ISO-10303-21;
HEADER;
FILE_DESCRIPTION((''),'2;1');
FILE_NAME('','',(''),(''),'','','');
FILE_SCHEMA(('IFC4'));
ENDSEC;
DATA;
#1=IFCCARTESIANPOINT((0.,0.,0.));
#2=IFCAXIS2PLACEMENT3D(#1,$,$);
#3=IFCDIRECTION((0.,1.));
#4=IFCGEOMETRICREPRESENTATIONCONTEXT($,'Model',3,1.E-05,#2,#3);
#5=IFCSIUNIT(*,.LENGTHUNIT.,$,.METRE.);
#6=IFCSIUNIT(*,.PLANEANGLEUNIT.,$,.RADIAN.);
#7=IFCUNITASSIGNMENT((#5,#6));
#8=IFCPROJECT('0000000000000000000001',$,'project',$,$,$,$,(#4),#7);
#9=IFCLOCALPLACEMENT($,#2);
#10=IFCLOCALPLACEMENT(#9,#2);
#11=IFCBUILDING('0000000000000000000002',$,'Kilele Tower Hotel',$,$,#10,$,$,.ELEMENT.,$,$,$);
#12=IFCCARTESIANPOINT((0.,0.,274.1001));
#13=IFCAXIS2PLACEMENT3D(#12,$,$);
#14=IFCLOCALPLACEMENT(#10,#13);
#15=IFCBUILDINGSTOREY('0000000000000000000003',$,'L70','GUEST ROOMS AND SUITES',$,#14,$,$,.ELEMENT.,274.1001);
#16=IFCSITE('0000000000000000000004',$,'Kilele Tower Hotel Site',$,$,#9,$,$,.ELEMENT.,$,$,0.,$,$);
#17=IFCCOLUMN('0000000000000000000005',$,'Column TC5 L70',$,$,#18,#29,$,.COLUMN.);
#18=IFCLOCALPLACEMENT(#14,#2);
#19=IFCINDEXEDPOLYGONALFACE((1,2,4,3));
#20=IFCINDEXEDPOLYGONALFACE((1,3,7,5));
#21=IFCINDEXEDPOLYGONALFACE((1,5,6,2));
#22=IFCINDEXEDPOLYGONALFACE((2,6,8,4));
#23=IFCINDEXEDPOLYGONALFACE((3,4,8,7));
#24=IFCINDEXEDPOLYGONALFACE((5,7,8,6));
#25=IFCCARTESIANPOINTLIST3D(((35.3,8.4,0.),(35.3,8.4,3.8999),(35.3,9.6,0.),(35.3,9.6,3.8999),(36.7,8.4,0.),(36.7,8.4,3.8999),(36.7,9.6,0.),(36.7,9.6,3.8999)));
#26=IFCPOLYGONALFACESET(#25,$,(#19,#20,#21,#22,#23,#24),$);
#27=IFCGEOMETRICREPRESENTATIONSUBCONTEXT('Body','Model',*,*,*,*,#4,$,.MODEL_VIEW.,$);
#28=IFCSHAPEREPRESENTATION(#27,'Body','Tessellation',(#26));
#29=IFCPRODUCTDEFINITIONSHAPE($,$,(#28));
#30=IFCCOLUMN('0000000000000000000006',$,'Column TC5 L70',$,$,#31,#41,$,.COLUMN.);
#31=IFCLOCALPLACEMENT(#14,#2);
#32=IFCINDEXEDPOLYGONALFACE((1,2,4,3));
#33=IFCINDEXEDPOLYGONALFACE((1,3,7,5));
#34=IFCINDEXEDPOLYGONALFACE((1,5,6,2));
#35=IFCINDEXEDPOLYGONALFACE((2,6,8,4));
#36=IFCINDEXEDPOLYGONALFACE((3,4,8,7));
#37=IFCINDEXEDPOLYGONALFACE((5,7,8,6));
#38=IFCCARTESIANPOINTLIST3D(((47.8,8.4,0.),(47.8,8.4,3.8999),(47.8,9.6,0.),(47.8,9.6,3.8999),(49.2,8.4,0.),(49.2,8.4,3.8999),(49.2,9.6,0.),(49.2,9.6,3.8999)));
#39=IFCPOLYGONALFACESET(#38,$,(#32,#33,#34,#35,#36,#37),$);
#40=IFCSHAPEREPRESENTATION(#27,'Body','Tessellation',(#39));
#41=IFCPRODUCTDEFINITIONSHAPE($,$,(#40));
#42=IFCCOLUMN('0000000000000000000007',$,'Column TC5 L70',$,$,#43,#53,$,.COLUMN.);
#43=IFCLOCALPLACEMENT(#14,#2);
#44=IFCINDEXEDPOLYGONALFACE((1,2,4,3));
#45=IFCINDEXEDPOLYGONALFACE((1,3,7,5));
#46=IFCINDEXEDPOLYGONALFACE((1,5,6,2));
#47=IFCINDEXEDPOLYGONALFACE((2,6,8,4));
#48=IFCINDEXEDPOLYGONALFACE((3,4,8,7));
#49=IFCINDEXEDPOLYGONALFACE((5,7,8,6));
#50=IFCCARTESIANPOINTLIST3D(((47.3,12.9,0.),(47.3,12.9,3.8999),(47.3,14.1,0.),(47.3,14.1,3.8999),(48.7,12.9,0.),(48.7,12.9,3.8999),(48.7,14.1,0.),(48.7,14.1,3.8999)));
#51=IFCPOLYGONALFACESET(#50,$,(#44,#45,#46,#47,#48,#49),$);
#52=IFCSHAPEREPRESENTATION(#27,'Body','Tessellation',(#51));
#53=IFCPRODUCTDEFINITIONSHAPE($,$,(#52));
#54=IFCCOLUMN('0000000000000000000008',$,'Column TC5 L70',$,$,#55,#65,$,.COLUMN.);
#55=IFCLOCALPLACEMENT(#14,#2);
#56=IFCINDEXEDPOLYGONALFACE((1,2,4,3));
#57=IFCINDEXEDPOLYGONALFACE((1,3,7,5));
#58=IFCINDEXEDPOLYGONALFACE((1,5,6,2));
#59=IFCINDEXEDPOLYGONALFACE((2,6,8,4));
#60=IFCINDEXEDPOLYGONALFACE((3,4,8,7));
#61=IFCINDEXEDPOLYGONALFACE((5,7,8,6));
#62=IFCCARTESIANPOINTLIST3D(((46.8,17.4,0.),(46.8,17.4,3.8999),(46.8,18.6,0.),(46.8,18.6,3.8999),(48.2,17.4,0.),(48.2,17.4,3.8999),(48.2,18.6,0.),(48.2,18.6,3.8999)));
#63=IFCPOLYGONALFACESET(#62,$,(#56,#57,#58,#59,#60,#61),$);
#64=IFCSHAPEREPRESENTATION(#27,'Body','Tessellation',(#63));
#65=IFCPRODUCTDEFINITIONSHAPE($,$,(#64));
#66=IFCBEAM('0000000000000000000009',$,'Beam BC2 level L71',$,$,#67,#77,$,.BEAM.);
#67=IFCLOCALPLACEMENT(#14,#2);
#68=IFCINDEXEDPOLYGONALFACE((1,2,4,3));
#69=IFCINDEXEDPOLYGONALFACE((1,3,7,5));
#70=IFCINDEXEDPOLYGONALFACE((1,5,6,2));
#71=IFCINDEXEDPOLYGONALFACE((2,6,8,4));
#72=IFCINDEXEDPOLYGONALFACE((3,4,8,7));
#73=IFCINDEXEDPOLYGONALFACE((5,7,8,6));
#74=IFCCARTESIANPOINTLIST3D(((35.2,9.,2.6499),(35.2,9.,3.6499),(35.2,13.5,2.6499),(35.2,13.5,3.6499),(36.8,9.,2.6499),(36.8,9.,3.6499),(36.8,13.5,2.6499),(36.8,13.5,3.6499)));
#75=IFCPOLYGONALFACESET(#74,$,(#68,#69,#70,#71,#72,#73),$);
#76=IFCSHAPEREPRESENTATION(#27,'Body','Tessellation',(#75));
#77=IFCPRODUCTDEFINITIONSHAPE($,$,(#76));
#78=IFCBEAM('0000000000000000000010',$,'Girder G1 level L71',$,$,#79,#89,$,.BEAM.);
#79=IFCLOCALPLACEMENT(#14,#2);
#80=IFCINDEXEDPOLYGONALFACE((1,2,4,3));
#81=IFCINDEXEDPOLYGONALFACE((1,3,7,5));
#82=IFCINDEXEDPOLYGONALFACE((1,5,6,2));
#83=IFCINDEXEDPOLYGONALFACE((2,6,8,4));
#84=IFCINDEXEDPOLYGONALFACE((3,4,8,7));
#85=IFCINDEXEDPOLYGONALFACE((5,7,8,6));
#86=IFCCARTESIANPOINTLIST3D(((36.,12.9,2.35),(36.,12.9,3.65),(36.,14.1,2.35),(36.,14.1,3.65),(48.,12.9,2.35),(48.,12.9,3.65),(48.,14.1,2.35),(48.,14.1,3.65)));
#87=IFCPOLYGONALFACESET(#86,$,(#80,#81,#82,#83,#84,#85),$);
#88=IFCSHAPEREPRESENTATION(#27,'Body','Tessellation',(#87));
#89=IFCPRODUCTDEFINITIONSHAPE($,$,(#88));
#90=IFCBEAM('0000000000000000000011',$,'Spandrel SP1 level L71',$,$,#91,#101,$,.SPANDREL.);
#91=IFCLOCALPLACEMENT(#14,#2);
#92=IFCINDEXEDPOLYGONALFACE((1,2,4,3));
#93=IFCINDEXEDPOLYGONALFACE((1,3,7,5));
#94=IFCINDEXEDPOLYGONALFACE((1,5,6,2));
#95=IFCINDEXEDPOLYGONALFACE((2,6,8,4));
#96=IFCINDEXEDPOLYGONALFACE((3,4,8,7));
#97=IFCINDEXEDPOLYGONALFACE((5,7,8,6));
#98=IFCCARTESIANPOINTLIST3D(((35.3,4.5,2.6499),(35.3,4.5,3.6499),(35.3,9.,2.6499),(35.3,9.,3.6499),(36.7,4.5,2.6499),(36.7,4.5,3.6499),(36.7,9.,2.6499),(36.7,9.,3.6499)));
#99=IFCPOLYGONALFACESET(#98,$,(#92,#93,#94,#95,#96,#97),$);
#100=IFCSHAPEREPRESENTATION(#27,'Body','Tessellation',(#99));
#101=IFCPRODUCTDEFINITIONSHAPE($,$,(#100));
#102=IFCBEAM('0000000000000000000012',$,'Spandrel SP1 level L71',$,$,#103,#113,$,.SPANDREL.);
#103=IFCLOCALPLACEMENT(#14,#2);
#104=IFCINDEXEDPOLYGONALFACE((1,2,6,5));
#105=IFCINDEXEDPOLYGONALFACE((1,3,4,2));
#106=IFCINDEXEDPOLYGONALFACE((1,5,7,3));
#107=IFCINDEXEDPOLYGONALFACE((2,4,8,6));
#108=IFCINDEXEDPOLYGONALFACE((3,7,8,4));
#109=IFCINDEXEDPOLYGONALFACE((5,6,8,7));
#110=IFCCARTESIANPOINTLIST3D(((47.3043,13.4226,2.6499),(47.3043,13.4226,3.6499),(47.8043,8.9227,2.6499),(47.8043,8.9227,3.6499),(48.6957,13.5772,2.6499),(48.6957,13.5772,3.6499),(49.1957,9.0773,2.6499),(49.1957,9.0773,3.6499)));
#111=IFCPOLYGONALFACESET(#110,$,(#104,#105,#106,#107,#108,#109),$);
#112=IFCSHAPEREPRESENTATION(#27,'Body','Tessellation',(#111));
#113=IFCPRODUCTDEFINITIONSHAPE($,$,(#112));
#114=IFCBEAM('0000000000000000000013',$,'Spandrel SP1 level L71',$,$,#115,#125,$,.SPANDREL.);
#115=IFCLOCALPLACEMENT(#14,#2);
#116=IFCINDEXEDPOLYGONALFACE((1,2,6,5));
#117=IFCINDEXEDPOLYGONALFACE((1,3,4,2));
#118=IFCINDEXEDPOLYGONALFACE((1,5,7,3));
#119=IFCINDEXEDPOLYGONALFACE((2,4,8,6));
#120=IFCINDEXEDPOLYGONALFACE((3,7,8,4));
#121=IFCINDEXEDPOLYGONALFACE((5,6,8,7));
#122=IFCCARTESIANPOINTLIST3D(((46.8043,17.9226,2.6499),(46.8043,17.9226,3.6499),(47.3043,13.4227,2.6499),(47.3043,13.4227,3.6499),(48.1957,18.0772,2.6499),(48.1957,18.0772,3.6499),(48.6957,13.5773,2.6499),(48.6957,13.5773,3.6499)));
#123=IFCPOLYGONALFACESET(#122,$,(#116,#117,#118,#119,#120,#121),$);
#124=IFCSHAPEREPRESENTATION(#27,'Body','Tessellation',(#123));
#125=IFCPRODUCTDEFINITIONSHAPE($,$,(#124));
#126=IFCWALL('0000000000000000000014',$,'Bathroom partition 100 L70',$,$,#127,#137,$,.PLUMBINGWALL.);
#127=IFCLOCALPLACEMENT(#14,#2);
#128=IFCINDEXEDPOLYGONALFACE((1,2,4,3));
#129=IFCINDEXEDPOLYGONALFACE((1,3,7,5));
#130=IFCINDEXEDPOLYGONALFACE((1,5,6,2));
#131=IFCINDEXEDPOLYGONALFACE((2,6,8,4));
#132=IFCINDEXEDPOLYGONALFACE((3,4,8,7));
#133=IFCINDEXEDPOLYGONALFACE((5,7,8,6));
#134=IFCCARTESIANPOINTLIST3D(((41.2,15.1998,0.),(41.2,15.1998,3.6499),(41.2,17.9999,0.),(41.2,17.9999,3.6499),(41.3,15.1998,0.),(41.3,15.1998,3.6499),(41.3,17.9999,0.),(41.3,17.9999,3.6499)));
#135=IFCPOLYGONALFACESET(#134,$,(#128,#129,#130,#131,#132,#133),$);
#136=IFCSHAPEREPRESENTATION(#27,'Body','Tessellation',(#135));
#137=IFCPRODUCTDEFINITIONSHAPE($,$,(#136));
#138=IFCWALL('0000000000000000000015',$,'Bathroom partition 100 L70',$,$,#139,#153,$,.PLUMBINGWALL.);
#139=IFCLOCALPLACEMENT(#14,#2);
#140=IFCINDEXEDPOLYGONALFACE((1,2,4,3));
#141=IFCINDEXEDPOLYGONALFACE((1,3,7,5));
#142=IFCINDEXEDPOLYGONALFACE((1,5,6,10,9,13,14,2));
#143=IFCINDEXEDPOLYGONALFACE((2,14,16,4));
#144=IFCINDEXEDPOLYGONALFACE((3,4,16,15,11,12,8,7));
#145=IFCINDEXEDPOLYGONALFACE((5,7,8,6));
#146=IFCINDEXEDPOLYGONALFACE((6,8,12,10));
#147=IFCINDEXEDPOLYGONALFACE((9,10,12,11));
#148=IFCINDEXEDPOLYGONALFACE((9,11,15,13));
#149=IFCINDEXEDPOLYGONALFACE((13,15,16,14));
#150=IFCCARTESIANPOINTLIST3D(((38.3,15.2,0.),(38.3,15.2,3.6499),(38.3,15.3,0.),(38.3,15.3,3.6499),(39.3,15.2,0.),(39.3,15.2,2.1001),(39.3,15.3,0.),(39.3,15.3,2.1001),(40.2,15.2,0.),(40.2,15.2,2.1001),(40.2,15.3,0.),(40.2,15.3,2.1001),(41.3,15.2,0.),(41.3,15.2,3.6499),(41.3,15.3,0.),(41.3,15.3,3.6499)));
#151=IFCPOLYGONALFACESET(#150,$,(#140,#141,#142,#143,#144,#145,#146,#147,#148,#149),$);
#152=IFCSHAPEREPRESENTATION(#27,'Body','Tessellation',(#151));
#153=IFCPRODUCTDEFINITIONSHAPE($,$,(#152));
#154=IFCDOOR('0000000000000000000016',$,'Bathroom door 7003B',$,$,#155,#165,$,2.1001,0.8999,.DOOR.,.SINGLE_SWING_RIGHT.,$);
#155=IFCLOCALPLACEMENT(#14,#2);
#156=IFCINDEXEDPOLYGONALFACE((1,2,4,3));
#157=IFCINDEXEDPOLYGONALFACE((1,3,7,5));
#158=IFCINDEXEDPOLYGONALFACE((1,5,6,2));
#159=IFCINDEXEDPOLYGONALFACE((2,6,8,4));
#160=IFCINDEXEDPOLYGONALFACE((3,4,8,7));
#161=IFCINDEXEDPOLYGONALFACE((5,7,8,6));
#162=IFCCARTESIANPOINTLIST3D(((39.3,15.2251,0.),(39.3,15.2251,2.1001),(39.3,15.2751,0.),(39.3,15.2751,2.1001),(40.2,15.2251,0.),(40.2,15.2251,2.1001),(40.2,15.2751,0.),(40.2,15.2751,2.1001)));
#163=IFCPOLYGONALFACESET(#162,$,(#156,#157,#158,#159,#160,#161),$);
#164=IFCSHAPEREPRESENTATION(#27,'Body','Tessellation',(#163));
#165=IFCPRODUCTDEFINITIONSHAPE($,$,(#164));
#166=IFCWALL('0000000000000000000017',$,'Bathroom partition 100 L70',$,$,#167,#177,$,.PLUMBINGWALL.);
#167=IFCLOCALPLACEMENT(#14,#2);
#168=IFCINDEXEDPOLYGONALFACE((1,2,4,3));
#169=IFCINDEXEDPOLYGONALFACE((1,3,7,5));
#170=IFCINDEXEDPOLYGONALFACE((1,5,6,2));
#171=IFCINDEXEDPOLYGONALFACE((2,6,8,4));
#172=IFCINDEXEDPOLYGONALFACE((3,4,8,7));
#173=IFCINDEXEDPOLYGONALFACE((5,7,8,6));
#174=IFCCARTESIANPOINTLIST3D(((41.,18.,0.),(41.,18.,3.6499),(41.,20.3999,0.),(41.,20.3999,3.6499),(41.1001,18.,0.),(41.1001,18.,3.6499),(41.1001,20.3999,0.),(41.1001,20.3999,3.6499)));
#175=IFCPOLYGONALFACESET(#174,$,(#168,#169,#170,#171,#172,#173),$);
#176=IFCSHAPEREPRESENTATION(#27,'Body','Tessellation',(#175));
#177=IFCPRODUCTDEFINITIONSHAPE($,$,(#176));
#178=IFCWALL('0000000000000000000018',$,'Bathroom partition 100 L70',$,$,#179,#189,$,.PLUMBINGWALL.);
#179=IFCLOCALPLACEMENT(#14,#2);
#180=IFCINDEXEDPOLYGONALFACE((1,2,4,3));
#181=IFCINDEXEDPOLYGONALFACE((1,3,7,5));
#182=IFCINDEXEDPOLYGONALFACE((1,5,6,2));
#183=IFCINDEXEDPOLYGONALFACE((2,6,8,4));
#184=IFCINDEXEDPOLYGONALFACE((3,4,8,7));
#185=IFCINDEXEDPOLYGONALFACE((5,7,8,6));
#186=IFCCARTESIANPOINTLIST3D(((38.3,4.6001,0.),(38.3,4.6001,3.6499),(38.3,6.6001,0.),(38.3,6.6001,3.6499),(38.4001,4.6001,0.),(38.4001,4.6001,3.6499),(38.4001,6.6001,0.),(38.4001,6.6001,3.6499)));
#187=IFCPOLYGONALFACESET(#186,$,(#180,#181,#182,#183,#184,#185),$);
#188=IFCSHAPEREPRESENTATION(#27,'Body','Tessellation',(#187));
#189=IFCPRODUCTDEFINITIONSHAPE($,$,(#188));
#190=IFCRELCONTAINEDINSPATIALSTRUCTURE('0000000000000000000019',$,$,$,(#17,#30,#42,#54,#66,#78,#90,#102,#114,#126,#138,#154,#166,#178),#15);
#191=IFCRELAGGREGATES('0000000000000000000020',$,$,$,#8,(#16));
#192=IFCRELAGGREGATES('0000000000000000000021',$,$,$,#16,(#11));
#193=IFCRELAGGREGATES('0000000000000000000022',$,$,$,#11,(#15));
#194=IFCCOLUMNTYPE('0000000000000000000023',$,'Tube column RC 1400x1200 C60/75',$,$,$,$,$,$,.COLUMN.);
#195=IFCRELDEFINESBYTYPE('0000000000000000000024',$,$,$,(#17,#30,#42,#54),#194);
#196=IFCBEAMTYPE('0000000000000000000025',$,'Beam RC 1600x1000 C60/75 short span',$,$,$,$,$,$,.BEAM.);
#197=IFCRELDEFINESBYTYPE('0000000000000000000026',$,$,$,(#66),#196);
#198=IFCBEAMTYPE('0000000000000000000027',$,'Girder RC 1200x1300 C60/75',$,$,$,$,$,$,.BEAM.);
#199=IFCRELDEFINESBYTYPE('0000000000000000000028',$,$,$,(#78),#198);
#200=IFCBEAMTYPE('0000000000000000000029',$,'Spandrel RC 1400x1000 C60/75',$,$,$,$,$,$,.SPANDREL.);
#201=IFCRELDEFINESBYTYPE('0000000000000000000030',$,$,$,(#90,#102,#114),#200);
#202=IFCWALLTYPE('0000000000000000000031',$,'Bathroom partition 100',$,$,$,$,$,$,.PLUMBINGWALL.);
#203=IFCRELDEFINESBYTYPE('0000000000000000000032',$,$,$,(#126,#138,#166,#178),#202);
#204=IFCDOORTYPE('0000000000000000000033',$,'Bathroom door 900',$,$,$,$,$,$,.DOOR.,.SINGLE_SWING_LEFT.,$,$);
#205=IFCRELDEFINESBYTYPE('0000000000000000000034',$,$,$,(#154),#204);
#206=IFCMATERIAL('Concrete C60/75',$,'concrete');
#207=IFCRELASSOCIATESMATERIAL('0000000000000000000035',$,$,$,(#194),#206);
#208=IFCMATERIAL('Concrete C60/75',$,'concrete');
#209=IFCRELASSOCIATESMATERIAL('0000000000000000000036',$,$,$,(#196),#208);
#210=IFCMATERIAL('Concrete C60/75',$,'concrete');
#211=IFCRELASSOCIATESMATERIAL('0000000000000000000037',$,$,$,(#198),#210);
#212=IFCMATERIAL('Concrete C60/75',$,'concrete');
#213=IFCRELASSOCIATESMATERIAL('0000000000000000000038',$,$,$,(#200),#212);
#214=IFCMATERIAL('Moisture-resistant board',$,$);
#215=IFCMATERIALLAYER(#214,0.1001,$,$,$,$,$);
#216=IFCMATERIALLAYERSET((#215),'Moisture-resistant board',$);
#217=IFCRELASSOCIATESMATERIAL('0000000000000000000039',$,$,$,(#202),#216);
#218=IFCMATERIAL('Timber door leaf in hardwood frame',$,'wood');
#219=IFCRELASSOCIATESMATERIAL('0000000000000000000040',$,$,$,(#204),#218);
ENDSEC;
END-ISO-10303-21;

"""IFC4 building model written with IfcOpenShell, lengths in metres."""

from ifc_helpers import new_model, si_unit, direction, frame, frame_2d, origin, origin_2d, place, context, subcontext, project, spatial, rectangle, extrude, material, layer, layer_set, material_profile, profile_set, type_object, element, fill, save


model = new_model("IFC4")

# Units and contexts
model_context = context("Model", 3, precision=1e-05, world=origin(), true_north=direction((0.0, 1.0)))
body_context = subcontext(model_context, "Body", "Model", "MODEL_VIEW")
ifc_project = project(units=[si_unit("LENGTHUNIT", "METRE"), si_unit("PLANEANGLEUNIT", "RADIAN")], contexts=[model_context])

# Site, building, storey
site_placement = place(None, origin())
site = spatial("IfcSite", under=ifc_project, at=site_placement, Name="Kilele Tower Hotel Site", CompositionType="ELEMENT", RefElevation=0.0)
building_placement = place(site_placement, origin())
building = spatial("IfcBuilding", under=site, at=building_placement, Name="Kilele Tower Hotel", CompositionType="ELEMENT")
storey_placement = place(building_placement, frame((0.0, 0.0, 274.1001)))
storey = spatial("IfcBuildingStorey", under=building, at=storey_placement, Name="L70", Description="GUEST ROOMS AND SUITES", CompositionType="ELEMENT", Elevation=274.1001)

# Columns
ifc_material_1 = material(Name="Concrete C60/75", Category="concrete")
ifc_material_profile_1 = material_profile(ifc_material_1, rectangle(XDim=1.3999, YDim=1.2, at=origin_2d()))
ifc_profile_set_1 = profile_set([ifc_material_profile_1], Name="Concrete C60/75")
column_type = type_object("IfcColumnType", Name="Tube column RC 1400x1200 C60/75", PredefinedType="COLUMN", material=ifc_profile_set_1)
for number, where, z_axis, x_axis, name in (
    (1, (36.0, 9.0, 0.0), (0.0, 0.0, 1.0), (1.0, 0.0, 0.0), "Column TC5 L70"),
    (2, (48.5, 9.0, 0.0), (0.0, 0.0, 1.0), (1.0, 0.0, 0.0), "Column TC5 L70"),
    (3, (48.0, 13.5, 0.0), (0.0, 0.0, 1.0), (1.0, 0.0, 0.0), "Column TC5 L70"),
    (4, (47.5, 18.0, 0.0), (0.0, 0.0, 1.0), (1.0, 0.0, 0.0), "Column TC5 L70"),
):
    element("IfcColumn", number, at=place(storey_placement, frame(where, z_axis=z_axis, x_axis=x_axis)), inside=storey, type_object=column_type, Name=name, PredefinedType="COLUMN", context=body_context, shape_type="SweptSolid", body=[
        extrude(rectangle(XDim=1.3999, YDim=1.2, at=origin_2d()), origin(), (0.0, 0.0, 1.0), 3.8999),
    ])

# Beams
ifc_material_2 = material(Name="Concrete C60/75", Category="concrete")
ifc_material_profile_2 = material_profile(ifc_material_2, rectangle(XDim=1.6001, YDim=1.0, at=origin_2d()))
ifc_profile_set_2 = profile_set([ifc_material_profile_2], Name="Concrete C60/75")
beam_type_1 = type_object("IfcBeamType", Name="Beam RC 1600x1000 C60/75 short span", PredefinedType="BEAM", material=ifc_profile_set_2)
beam_1_placement = place(storey_placement, frame((36.0, 9.0, 3.1499), z_axis=(0.0, 1.0, 0.0), x_axis=(-1.0, 0.0, 0.0)))
element("IfcBeam", 5, at=beam_1_placement, inside=storey, type_object=beam_type_1, Name="Beam BC2 level L71", PredefinedType="BEAM", context=body_context, shape_type="SweptSolid", body=[
    extrude(rectangle(XDim=1.6001, YDim=1.0, at=origin_2d()), origin(), (0.0, 0.0, 1.0), 4.5),
])
ifc_material_3 = material(Name="Concrete C60/75", Category="concrete")
ifc_material_profile_3 = material_profile(ifc_material_3, rectangle(XDim=1.2, YDim=1.3, at=origin_2d()))
ifc_profile_set_3 = profile_set([ifc_material_profile_3], Name="Concrete C60/75")
beam_type_2 = type_object("IfcBeamType", Name="Girder RC 1200x1300 C60/75", PredefinedType="BEAM", material=ifc_profile_set_3)
beam_2_placement = place(storey_placement, frame((48.0, 13.5, 3.0), z_axis=(-1.0, 0.0, 0.0), x_axis=(0.0, -1.0, 0.0)))
element("IfcBeam", 6, at=beam_2_placement, inside=storey, type_object=beam_type_2, Name="Girder G1 level L71", PredefinedType="BEAM", context=body_context, shape_type="SweptSolid", body=[
    extrude(rectangle(XDim=1.2, YDim=1.3, at=origin_2d()), origin(), (0.0, 0.0, 1.0), 12.0),
])
ifc_material_4 = material(Name="Concrete C60/75", Category="concrete")
ifc_material_profile_4 = material_profile(ifc_material_4, rectangle(XDim=1.3999, YDim=1.0, at=origin_2d()))
ifc_profile_set_4 = profile_set([ifc_material_profile_4], Name="Concrete C60/75")
beam_type_3 = type_object("IfcBeamType", Name="Spandrel RC 1400x1000 C60/75", PredefinedType="SPANDREL", material=ifc_profile_set_4)
beam_3_placement = place(storey_placement, frame((36.0, 9.0, 3.1499), z_axis=(0.0, -1.0, 0.0), x_axis=(1.0, 0.0, 0.0)))
element("IfcBeam", 7, at=beam_3_placement, inside=storey, type_object=beam_type_3, Name="Spandrel SP1 level L71", PredefinedType="SPANDREL", context=body_context, shape_type="SweptSolid", body=[
    extrude(rectangle(XDim=1.3999, YDim=1.0, at=origin_2d()), origin(), (0.0, 0.0, 1.0), 4.5),
])
for number, where, z_axis, x_axis, name in (
    (8, (48.5, 9.0, 3.1499), (-0.110432, 0.993884, 0.0), (-0.993884, -0.110432, 0.0), "Spandrel SP1 level L71"),
    (9, (48.0, 13.5, 3.1499), (-0.110432, 0.993884, 0.0), (-0.993884, -0.110432, 0.0), "Spandrel SP1 level L71"),
):
    element("IfcBeam", number, at=place(storey_placement, frame(where, z_axis=z_axis, x_axis=x_axis)), inside=storey, type_object=beam_type_3, Name=name, PredefinedType="SPANDREL", context=body_context, shape_type="SweptSolid", body=[
        extrude(rectangle(XDim=1.3999, YDim=1.0, at=origin_2d()), origin(), (0.0, 0.0, 1.0), 4.5276),
    ])

# Wall
ifc_material_5 = material(Name="Moisture-resistant board")
ifc_layer_1 = layer(ifc_material_5, 0.1001)
ifc_layer_set_1 = layer_set([ifc_layer_1], Name="Moisture-resistant board")
wall_type_1 = type_object("IfcWallType", Name="Bathroom partition 100", PredefinedType="PLUMBINGWALL", material=ifc_layer_set_1)
wall_1_placement = place(storey_placement, frame((41.25, 15.2, 0.0), z_axis=(0.0, 0.0, 1.0), x_axis=(0.0, 1.0, 0.0)))
element("IfcWall", 10, at=wall_1_placement, inside=storey, type_object=wall_type_1, Name="Bathroom partition 100 L70", PredefinedType="PLUMBINGWALL", context=body_context, shape_type="SweptSolid", body=[
    extrude(rectangle(XDim=2.8, YDim=0.1001, at=frame_2d((1.3999, 0.0))), origin(), (0.0, 0.0, 1.0), 3.6499),
])

# Wall, opening, door
wall_2_placement = place(storey_placement, frame((38.3, 15.25, 0.0), z_axis=(0.0, 0.0, 1.0), x_axis=(1.0, 0.0, 0.0)))
wall_2 = element("IfcWall", 11, at=wall_2_placement, inside=storey, type_object=wall_type_1, Name="Bathroom partition 100 L70", PredefinedType="PLUMBINGWALL", context=body_context, shape_type="SweptSolid", body=[
    extrude(rectangle(XDim=3.0, YDim=0.1001, at=frame_2d((1.5, 0.0))), origin(), (0.0, 0.0, 1.0), 3.6499),
])
opening_1_placement = place(wall_2_placement, frame((1.8999, 0.0, 0.0), z_axis=(0.0, 0.0, 1.0), x_axis=(-1.0, 0.0, 0.0)))
opening_1 = element("IfcOpeningElement", 12, at=opening_1_placement, cuts=wall_2, PredefinedType="OPENING", context=body_context, shape_type="SweptSolid", body=[
    extrude(rectangle(XDim=0.8999, YDim=2.1001, at=frame_2d((0.45, 1.05))), frame((0.0, 0.0601, 0.0), z_axis=(0.0, -1.0, 0.0), x_axis=(1.0, 0.0, 0.0)), (0.0, 0.0, 1.0), 0.1201),
])
ifc_material_6 = material(Name="Timber door leaf in hardwood frame", Category="wood")
door_type_1 = type_object("IfcDoorType", Name="Bathroom door 900", OperationType="SINGLE_SWING_LEFT", PredefinedType="DOOR", material=ifc_material_6)
door_1_placement = place(opening_1_placement, origin())
door_1 = element("IfcDoor", 13, at=door_1_placement, inside=storey, type_object=door_type_1, Name="Bathroom door 7003B", OperationType="SINGLE_SWING_RIGHT", OverallHeight=2.1001, OverallWidth=0.8999, PredefinedType="DOOR", context=body_context, shape_type="SweptSolid", body=[
    extrude(rectangle(XDim=0.8999, YDim=2.1001, at=frame_2d((0.45, 1.05))), frame((0.0, 0.0249, 0.0), z_axis=(0.0, -1.0, 0.0), x_axis=(1.0, 0.0, 0.0)), (0.0, 0.0, 1.0), 0.05),
])
fill(opening_1, door_1)

# Walls
wall_3_placement = place(storey_placement, frame((41.05, 18.0, 0.0), z_axis=(0.0, 0.0, 1.0), x_axis=(0.0, 1.0, 0.0)))
element("IfcWall", 14, at=wall_3_placement, inside=storey, type_object=wall_type_1, Name="Bathroom partition 100 L70", PredefinedType="PLUMBINGWALL", context=body_context, shape_type="SweptSolid", body=[
    extrude(rectangle(XDim=2.3999, YDim=0.1001, at=frame_2d((1.2, 0.0))), origin(), (0.0, 0.0, 1.0), 3.6499),
])
wall_4_placement = place(storey_placement, frame((38.3501, 4.6001, 0.0), z_axis=(0.0, 0.0, 1.0), x_axis=(0.0, 1.0, 0.0)))
element("IfcWall", 15, at=wall_4_placement, inside=storey, type_object=wall_type_1, Name="Bathroom partition 100 L70", PredefinedType="PLUMBINGWALL", context=body_context, shape_type="SweptSolid", body=[
    extrude(rectangle(XDim=2.0, YDim=0.1001, at=frame_2d((1.0, 0.0))), origin(), (0.0, 0.0, 1.0), 3.6499),
])

save(model, "model.ifc")
